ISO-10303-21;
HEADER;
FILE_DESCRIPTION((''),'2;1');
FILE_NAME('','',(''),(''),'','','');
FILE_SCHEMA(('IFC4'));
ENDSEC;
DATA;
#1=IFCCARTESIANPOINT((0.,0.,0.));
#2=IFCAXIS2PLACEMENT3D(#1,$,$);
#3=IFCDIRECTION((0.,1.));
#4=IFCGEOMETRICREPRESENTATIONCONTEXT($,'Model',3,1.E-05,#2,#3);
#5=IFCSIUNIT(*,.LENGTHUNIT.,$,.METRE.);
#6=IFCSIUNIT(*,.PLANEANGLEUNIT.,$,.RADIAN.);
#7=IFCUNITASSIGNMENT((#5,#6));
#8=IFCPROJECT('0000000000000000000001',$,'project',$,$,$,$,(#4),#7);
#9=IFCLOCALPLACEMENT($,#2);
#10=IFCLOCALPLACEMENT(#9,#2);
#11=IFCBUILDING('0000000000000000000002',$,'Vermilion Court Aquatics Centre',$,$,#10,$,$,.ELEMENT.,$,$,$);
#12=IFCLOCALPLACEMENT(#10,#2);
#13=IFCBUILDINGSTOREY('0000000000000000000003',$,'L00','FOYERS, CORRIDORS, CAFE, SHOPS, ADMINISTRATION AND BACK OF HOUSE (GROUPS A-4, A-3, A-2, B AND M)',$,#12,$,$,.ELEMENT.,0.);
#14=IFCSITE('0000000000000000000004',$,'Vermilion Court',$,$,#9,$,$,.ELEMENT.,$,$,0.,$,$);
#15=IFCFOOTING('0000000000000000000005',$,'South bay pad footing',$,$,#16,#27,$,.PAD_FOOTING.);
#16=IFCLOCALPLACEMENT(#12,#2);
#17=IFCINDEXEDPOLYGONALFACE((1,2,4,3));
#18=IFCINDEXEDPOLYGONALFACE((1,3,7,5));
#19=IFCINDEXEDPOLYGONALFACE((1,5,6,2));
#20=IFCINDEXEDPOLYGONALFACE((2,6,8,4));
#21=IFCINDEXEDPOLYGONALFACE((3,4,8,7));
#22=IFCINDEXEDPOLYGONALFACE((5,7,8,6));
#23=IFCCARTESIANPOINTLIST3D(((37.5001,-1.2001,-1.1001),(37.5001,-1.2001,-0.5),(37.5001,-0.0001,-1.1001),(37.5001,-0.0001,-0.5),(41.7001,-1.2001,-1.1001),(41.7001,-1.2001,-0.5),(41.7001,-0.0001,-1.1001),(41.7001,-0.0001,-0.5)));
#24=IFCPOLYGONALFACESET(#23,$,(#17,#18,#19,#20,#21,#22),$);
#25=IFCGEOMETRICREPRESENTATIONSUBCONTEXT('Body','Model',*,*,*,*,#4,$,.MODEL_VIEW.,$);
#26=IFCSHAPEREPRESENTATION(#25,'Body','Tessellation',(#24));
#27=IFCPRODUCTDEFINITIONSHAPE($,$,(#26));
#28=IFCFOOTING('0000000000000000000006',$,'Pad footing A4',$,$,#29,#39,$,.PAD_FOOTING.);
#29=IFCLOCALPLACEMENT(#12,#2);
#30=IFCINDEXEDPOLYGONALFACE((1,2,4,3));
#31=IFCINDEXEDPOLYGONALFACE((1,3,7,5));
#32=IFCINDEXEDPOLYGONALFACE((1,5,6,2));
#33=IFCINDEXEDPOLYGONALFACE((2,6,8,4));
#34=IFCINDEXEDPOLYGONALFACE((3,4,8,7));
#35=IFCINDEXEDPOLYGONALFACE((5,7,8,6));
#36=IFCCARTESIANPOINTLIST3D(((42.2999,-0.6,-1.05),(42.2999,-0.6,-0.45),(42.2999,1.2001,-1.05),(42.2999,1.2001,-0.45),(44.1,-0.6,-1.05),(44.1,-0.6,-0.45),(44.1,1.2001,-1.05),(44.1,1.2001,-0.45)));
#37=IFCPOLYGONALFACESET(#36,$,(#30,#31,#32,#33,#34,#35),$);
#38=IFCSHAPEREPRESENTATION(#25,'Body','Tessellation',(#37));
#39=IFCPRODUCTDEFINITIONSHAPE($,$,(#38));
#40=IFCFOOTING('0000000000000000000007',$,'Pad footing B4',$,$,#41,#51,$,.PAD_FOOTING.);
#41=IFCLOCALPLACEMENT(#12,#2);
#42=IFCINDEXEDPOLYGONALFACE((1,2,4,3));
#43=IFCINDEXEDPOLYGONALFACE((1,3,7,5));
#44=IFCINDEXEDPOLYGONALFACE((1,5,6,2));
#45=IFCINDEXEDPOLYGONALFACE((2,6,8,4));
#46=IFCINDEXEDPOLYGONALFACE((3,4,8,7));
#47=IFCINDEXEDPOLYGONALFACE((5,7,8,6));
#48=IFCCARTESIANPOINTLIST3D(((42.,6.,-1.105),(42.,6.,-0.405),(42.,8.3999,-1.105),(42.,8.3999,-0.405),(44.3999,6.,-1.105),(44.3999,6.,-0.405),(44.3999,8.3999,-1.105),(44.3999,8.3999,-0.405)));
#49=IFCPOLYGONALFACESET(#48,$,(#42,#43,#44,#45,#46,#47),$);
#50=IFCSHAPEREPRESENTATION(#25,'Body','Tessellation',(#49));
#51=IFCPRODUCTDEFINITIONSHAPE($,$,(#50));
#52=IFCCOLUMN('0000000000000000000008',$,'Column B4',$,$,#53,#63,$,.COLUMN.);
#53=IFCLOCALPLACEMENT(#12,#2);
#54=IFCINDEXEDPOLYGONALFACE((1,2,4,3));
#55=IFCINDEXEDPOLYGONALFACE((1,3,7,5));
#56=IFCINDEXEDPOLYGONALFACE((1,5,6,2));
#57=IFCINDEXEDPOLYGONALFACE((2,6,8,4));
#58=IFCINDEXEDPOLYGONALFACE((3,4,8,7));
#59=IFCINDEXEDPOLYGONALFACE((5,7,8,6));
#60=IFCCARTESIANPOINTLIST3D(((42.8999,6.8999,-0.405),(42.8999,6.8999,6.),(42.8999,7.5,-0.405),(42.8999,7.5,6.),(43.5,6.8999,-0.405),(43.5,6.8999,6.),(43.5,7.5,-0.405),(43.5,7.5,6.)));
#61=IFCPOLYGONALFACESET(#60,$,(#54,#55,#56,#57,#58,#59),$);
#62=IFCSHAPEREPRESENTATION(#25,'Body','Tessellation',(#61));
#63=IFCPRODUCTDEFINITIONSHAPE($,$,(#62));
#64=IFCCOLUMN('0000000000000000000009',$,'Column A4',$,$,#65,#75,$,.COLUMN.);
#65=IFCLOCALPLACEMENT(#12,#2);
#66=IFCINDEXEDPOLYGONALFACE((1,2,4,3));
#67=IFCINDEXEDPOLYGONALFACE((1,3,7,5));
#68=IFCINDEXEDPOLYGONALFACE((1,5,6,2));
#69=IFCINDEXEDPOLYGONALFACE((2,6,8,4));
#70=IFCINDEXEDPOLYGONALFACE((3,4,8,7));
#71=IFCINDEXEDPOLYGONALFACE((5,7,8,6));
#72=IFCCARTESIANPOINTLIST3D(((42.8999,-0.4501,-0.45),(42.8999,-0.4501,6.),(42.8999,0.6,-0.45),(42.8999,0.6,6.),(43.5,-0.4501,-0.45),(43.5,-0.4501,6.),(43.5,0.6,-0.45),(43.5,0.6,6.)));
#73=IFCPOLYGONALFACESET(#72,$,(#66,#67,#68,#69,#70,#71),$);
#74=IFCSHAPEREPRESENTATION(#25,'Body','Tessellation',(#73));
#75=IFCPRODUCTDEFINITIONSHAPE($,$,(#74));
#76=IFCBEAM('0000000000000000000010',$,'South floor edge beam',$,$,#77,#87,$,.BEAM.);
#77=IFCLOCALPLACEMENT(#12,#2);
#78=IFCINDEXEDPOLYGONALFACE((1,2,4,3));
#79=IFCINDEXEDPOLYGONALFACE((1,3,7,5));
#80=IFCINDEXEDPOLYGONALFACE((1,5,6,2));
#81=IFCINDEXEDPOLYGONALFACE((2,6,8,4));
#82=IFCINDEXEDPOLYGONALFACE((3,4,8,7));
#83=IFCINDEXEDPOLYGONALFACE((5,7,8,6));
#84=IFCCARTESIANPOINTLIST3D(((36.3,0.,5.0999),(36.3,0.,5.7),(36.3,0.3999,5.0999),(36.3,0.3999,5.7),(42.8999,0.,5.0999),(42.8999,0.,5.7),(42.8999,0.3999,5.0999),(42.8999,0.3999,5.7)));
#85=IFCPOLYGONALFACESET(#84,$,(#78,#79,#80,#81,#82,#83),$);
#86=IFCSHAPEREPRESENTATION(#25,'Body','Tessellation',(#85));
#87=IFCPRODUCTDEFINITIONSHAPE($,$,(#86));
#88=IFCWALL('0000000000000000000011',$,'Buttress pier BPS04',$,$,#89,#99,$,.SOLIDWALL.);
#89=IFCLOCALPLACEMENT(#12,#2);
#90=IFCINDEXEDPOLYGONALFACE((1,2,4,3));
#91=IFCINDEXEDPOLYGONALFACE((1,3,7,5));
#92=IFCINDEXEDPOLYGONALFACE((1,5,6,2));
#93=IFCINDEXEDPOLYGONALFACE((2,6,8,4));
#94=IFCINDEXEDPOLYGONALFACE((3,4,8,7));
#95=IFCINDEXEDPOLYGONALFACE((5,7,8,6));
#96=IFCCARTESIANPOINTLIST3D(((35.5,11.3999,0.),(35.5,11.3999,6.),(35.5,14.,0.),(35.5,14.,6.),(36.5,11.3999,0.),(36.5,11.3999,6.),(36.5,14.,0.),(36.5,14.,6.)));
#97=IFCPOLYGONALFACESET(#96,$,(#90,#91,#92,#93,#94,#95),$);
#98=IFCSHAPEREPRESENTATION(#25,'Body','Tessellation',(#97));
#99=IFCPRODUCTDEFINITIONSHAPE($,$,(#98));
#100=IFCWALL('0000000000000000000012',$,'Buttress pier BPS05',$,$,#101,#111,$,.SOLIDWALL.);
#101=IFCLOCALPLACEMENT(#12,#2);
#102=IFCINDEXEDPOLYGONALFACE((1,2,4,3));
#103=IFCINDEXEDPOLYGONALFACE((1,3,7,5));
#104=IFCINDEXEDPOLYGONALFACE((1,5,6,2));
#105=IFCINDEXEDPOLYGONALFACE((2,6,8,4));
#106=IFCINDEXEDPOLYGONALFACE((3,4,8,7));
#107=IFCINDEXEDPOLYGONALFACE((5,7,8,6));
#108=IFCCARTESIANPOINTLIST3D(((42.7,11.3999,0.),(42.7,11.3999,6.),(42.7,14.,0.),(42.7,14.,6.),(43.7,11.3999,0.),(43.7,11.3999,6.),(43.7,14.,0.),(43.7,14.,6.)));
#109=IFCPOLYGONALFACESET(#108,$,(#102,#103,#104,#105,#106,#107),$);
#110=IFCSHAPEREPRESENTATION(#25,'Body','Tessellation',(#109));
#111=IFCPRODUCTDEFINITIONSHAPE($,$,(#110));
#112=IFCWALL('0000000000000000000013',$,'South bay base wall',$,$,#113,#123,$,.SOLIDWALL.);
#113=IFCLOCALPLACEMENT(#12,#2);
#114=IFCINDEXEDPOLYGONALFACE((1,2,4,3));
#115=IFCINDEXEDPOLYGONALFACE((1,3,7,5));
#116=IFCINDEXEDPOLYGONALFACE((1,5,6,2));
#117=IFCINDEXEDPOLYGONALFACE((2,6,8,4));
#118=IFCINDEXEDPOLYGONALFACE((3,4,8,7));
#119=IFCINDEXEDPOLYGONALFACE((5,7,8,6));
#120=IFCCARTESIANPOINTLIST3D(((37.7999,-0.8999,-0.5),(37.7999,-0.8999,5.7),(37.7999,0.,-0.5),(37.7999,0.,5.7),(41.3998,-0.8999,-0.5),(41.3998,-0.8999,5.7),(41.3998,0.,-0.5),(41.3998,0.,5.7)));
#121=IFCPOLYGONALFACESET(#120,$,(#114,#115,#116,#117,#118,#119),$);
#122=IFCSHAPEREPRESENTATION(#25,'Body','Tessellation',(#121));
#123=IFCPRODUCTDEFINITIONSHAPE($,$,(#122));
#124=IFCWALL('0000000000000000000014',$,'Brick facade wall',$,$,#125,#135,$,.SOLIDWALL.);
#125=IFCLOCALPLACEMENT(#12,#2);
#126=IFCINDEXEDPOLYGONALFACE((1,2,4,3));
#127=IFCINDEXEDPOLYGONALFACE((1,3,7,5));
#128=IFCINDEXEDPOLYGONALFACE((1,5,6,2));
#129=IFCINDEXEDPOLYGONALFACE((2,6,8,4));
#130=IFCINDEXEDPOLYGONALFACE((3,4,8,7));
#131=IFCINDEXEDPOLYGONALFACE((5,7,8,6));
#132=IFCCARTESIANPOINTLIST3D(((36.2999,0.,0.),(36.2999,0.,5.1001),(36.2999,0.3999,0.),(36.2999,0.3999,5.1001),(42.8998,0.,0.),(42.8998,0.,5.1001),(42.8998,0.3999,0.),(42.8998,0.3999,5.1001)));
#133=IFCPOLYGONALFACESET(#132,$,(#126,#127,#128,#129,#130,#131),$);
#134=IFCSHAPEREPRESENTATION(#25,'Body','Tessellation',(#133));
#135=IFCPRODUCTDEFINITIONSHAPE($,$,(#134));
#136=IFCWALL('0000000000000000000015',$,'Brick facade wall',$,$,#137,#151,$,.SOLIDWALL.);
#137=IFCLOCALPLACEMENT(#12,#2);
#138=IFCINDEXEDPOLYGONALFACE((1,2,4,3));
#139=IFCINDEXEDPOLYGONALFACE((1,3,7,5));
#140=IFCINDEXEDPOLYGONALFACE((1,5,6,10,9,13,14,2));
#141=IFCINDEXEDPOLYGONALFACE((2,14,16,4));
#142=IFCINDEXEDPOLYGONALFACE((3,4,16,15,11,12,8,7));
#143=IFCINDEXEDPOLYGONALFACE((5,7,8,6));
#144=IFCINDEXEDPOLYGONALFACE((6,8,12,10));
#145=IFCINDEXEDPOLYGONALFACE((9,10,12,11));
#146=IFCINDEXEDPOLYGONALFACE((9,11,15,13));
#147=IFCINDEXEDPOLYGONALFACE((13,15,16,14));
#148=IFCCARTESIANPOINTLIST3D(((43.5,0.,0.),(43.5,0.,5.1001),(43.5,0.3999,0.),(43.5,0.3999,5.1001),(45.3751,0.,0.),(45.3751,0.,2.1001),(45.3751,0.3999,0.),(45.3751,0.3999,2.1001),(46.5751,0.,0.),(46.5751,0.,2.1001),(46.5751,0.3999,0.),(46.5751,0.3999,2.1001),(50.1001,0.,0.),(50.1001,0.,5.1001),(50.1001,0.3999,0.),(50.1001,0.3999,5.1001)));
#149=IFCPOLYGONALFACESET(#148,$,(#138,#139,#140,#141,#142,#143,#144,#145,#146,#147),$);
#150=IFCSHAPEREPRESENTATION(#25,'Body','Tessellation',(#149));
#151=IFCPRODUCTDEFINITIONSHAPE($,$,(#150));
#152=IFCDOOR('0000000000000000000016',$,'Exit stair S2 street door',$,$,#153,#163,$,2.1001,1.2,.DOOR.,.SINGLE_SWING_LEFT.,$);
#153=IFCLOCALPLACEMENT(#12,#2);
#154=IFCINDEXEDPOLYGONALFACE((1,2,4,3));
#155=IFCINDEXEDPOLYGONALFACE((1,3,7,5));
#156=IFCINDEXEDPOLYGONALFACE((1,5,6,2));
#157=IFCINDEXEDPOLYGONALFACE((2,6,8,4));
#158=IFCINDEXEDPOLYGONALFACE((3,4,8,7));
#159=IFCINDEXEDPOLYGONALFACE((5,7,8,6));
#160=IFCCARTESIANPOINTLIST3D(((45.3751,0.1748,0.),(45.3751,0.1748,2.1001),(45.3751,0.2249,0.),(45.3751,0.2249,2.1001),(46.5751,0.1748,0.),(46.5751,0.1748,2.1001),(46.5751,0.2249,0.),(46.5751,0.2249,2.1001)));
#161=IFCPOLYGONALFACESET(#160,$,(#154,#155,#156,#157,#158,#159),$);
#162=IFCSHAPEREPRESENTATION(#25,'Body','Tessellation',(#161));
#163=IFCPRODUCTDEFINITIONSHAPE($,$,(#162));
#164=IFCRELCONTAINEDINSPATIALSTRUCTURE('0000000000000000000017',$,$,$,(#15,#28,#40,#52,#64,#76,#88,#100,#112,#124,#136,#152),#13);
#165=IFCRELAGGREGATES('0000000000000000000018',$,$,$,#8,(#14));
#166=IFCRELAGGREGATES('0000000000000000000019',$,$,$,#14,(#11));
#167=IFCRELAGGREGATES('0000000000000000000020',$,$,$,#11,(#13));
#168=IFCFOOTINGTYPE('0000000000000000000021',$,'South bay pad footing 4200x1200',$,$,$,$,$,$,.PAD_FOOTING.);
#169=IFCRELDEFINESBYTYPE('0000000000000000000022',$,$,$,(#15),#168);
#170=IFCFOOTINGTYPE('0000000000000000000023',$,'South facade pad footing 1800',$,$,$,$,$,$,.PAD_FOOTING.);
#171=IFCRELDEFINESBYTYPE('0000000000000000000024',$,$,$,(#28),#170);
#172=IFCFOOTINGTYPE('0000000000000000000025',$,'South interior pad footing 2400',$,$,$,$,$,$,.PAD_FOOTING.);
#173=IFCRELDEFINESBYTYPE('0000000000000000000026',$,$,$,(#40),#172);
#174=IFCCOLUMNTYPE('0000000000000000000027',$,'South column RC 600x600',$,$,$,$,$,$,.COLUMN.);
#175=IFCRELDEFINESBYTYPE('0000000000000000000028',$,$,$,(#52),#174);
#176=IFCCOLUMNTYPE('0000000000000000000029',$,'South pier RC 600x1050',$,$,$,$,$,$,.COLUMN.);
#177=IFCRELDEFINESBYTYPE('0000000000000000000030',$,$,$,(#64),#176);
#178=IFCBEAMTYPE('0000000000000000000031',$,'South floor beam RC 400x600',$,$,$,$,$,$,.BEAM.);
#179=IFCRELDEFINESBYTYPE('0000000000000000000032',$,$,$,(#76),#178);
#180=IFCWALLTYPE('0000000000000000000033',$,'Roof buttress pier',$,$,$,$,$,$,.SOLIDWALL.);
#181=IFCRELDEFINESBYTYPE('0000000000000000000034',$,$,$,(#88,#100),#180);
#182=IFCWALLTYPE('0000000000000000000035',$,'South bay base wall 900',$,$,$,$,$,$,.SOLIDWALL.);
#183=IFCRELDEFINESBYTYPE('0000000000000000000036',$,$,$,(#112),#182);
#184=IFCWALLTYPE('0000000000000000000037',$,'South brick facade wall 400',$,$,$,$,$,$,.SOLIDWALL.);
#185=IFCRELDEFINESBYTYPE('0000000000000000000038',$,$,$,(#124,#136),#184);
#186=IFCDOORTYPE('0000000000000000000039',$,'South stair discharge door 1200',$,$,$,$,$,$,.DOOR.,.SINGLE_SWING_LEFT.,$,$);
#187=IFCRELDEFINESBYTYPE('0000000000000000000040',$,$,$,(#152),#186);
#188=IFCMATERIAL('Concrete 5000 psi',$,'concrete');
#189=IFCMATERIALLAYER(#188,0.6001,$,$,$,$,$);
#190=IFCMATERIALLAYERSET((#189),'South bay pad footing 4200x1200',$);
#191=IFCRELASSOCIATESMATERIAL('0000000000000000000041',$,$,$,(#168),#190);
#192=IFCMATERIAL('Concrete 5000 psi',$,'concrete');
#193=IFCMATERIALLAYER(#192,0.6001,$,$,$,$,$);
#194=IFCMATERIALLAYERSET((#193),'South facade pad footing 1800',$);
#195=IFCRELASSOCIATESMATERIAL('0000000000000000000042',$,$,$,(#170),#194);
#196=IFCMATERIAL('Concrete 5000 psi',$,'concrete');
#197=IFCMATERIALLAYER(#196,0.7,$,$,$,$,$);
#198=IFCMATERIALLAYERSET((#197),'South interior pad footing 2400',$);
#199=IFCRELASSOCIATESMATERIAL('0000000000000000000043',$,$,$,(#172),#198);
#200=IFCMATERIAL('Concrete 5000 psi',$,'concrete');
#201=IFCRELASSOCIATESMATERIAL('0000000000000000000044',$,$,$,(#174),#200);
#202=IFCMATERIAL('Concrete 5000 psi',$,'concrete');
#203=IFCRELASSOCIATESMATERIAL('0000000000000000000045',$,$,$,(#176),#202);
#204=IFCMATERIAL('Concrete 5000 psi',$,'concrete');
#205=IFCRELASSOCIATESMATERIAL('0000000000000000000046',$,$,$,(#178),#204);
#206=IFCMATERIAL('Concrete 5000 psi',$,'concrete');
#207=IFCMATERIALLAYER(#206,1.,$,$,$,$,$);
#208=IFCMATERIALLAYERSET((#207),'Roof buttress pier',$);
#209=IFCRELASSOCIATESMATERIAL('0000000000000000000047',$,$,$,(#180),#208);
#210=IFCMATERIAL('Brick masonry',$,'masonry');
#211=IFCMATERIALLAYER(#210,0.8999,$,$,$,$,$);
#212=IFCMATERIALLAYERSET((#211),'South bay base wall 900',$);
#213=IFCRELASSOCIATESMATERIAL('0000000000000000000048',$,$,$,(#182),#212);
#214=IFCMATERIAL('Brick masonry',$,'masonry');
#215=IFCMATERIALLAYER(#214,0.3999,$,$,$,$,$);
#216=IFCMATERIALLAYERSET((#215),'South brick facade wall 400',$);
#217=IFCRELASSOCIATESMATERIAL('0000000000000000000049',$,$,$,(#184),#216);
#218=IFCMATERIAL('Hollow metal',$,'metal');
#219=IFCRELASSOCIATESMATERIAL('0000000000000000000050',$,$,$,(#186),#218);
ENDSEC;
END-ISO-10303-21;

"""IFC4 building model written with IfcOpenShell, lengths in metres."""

from ifc_helpers import new_model, si_unit, direction, frame, frame_2d, origin, origin_2d, place, context, subcontext, project, spatial, rectangle, extrude, material, layer, layer_set, material_profile, profile_set, type_object, element, fill, save


model = new_model("IFC4")

# Units and contexts
model_context = context("Model", 3, precision=1e-05, world=origin(), true_north=direction((0.0, 1.0)))
body_context = subcontext(model_context, "Body", "Model", "MODEL_VIEW")
ifc_project = project(units=[si_unit("LENGTHUNIT", "METRE"), si_unit("PLANEANGLEUNIT", "RADIAN")], contexts=[model_context])

# Site, building, storey
site_placement = place(None, origin())
site = spatial("IfcSite", under=ifc_project, at=site_placement, Name="Vermilion Court", CompositionType="ELEMENT", RefElevation=0.0)
building_placement = place(site_placement, origin())
building = spatial("IfcBuilding", under=site, at=building_placement, Name="Vermilion Court Aquatics Centre", CompositionType="ELEMENT")
storey_placement = place(building_placement, origin())
storey = spatial("IfcBuildingStorey", under=building, at=storey_placement, Name="L00", Description="FOYERS, CORRIDORS, CAFE, SHOPS, ADMINISTRATION AND BACK OF HOUSE (GROUPS A-4, A-3, A-2, B AND M)", CompositionType="ELEMENT", Elevation=0.0)

# Footings
ifc_material_1 = material(Name="Concrete 5000 psi", Category="concrete")
ifc_layer_1 = layer(ifc_material_1, 0.6001)
ifc_layer_set_1 = layer_set([ifc_layer_1], Name="South bay pad footing 4200x1200")
footing_type_1 = type_object("IfcFootingType", Name="South bay pad footing 4200x1200", PredefinedType="PAD_FOOTING", material=ifc_layer_set_1)
footing_1_placement = place(storey_placement, frame((39.6001, -0.6001, -1.1001), z_axis=(0.0, 0.0, 1.0), x_axis=(1.0, 0.0, 0.0)))
element("IfcFooting", 1, at=footing_1_placement, inside=storey, type_object=footing_type_1, Name="South bay pad footing", PredefinedType="PAD_FOOTING", context=body_context, shape_type="SweptSolid", body=[
    extrude(rectangle(XDim=4.2, YDim=1.2, at=origin_2d()), origin(), (0.0, 0.0, 1.0), 0.6001),
])
ifc_material_2 = material(Name="Concrete 5000 psi", Category="concrete")
ifc_layer_2 = layer(ifc_material_2, 0.6001)
ifc_layer_set_2 = layer_set([ifc_layer_2], Name="South facade pad footing 1800")
footing_type_2 = type_object("IfcFootingType", Name="South facade pad footing 1800", PredefinedType="PAD_FOOTING", material=ifc_layer_set_2)
footing_2_placement = place(storey_placement, frame((43.2, 0.3, -1.05), z_axis=(0.0, 0.0, 1.0), x_axis=(1.0, 0.0, 0.0)))
element("IfcFooting", 2, at=footing_2_placement, inside=storey, type_object=footing_type_2, Name="Pad footing A4", PredefinedType="PAD_FOOTING", context=body_context, shape_type="SweptSolid", body=[
    extrude(rectangle(XDim=1.8, YDim=1.8, at=origin_2d()), origin(), (0.0, 0.0, 1.0), 0.6001),
])
ifc_material_3 = material(Name="Concrete 5000 psi", Category="concrete")
ifc_layer_3 = layer(ifc_material_3, 0.7)
ifc_layer_set_3 = layer_set([ifc_layer_3], Name="South interior pad footing 2400")
footing_type_3 = type_object("IfcFootingType", Name="South interior pad footing 2400", PredefinedType="PAD_FOOTING", material=ifc_layer_set_3)
footing_3_placement = place(storey_placement, frame((43.2, 7.2, -1.105), z_axis=(0.0, 0.0, 1.0), x_axis=(1.0, 0.0, 0.0)))
element("IfcFooting", 3, at=footing_3_placement, inside=storey, type_object=footing_type_3, Name="Pad footing B4", PredefinedType="PAD_FOOTING", context=body_context, shape_type="SweptSolid", body=[
    extrude(rectangle(XDim=2.3999, YDim=2.3999, at=origin_2d()), origin(), (0.0, 0.0, 1.0), 0.7),
])

# Columns
ifc_material_4 = material(Name="Concrete 5000 psi", Category="concrete")
ifc_material_profile_1 = material_profile(ifc_material_4, rectangle(XDim=0.6001, YDim=0.6001, at=origin_2d()), Name="RC 600x600")
ifc_profile_set_1 = profile_set([ifc_material_profile_1], Name="Concrete 5000 psi")
column_type_1 = type_object("IfcColumnType", Name="South column RC 600x600", PredefinedType="COLUMN", material=ifc_profile_set_1)
column_1_placement = place(storey_placement, frame((43.2, 7.2, -0.405), z_axis=(0.0, 0.0, 1.0), x_axis=(1.0, 0.0, 0.0)))
element("IfcColumn", 4, at=column_1_placement, inside=storey, type_object=column_type_1, Name="Column B4", PredefinedType="COLUMN", context=body_context, shape_type="SweptSolid", body=[
    extrude(rectangle(XDim=0.6001, YDim=0.6001, at=origin_2d()), origin(), (0.0, 0.0, 1.0), 6.405),
])
ifc_material_5 = material(Name="Concrete 5000 psi", Category="concrete")
ifc_material_profile_2 = material_profile(ifc_material_5, rectangle(XDim=0.6001, YDim=1.05, at=origin_2d()), Name="RC 600x1050")
ifc_profile_set_2 = profile_set([ifc_material_profile_2], Name="Concrete 5000 psi")
column_type_2 = type_object("IfcColumnType", Name="South pier RC 600x1050", PredefinedType="COLUMN", material=ifc_profile_set_2)
column_2_placement = place(storey_placement, frame((43.2, 0.075, -0.45), z_axis=(0.0, 0.0, 1.0), x_axis=(1.0, 0.0, 0.0)))
element("IfcColumn", 5, at=column_2_placement, inside=storey, type_object=column_type_2, Name="Column A4", PredefinedType="COLUMN", context=body_context, shape_type="SweptSolid", body=[
    extrude(rectangle(XDim=0.6001, YDim=1.05, at=origin_2d()), origin(), (0.0, 0.0, 1.0), 6.45),
])

# Beam
ifc_material_6 = material(Name="Concrete 5000 psi", Category="concrete")
ifc_material_profile_3 = material_profile(ifc_material_6, rectangle(XDim=0.3999, YDim=0.6001, at=origin_2d()), Name="RC 400x600")
ifc_profile_set_3 = profile_set([ifc_material_profile_3], Name="Concrete 5000 psi")
beam_type = type_object("IfcBeamType", Name="South floor beam RC 400x600", PredefinedType="BEAM", material=ifc_profile_set_3)
beam_placement = place(storey_placement, frame((36.3, 0.2, 5.3999), z_axis=(1.0, 0.0, 0.0), x_axis=(0.0, 1.0, 0.0)))
element("IfcBeam", 6, at=beam_placement, inside=storey, type_object=beam_type, Name="South floor edge beam", PredefinedType="BEAM", context=body_context, shape_type="SweptSolid", body=[
    extrude(rectangle(XDim=0.3999, YDim=0.6001, at=origin_2d()), origin(), (0.0, 0.0, 1.0), 6.5999),
])

# Walls
ifc_material_7 = material(Name="Concrete 5000 psi", Category="concrete")
ifc_layer_4 = layer(ifc_material_7, 1.0)
ifc_layer_set_4 = layer_set([ifc_layer_4], Name="Roof buttress pier")
wall_type_1 = type_object("IfcWallType", Name="Roof buttress pier", PredefinedType="SOLIDWALL", material=ifc_layer_set_4)
for number, where, z_axis, x_axis, name in (
    (7, (36.0, 11.3999, 0.0), (0.0, 0.0, 1.0), (0.0, 1.0, 0.0), "Buttress pier BPS04"),
    (8, (43.2, 11.3999, 0.0), (0.0, 0.0, 1.0), (0.0, 1.0, 0.0), "Buttress pier BPS05"),
):
    element("IfcWall", number, at=place(storey_placement, frame(where, z_axis=z_axis, x_axis=x_axis)), inside=storey, type_object=wall_type_1, Name=name, PredefinedType="SOLIDWALL", context=body_context, shape_type="SweptSolid", body=[
        extrude(rectangle(XDim=2.6001, YDim=1.0, at=frame_2d((1.3, 0.0))), origin(), (0.0, 0.0, 1.0), 6.0),
    ])
ifc_material_8 = material(Name="Brick masonry", Category="masonry")
ifc_layer_5 = layer(ifc_material_8, 0.8999)
ifc_layer_set_5 = layer_set([ifc_layer_5], Name="South bay base wall 900")
wall_type_2 = type_object("IfcWallType", Name="South bay base wall 900", PredefinedType="SOLIDWALL", material=ifc_layer_set_5)
wall_1_placement = place(storey_placement, frame((37.8, -0.45, -0.5), z_axis=(0.0, 0.0, 1.0), x_axis=(1.0, 0.0, 0.0)))
element("IfcWall", 9, at=wall_1_placement, inside=storey, type_object=wall_type_2, Name="South bay base wall", PredefinedType="SOLIDWALL", context=body_context, shape_type="SweptSolid", body=[
    extrude(rectangle(XDim=3.5999, YDim=0.8999, at=frame_2d((1.7998, 0.0))), origin(), (0.0, 0.0, 1.0), 6.2),
])
ifc_material_9 = material(Name="Brick masonry", Category="masonry")
ifc_layer_6 = layer(ifc_material_9, 0.3999)
ifc_layer_set_6 = layer_set([ifc_layer_6], Name="South brick facade wall 400")
wall_type_3 = type_object("IfcWallType", Name="South brick facade wall 400", PredefinedType="SOLIDWALL", material=ifc_layer_set_6)
wall_2_placement = place(storey_placement, frame((36.3, 0.2, 0.0), z_axis=(0.0, 0.0, 1.0), x_axis=(1.0, 0.0, 0.0)))
element("IfcWall", 10, at=wall_2_placement, inside=storey, type_object=wall_type_3, Name="Brick facade wall", PredefinedType="SOLIDWALL", context=body_context, shape_type="SweptSolid", body=[
    extrude(rectangle(XDim=6.5999, YDim=0.3999, at=frame_2d((3.2998, 0.0))), origin(), (0.0, 0.0, 1.0), 5.1001),
])

# Wall, opening, door
wall_3_placement = place(storey_placement, frame((43.5, 0.2, 0.0), z_axis=(0.0, 0.0, 1.0), x_axis=(1.0, 0.0, 0.0)))
wall_3 = element("IfcWall", 11, at=wall_3_placement, inside=storey, type_object=wall_type_3, Name="Brick facade wall", PredefinedType="SOLIDWALL", context=body_context, shape_type="SweptSolid", body=[
    extrude(rectangle(XDim=6.6001, YDim=0.3999, at=frame_2d((3.3, 0.0))), origin(), (0.0, 0.0, 1.0), 5.1001),
])
opening_1_placement = place(wall_3_placement, frame((1.875, 0.0, 0.0)))
opening_1 = element("IfcOpeningElement", 12, at=opening_1_placement, cuts=wall_3, PredefinedType="OPENING", context=body_context, shape_type="SweptSolid", body=[
    extrude(rectangle(XDim=1.2, YDim=2.1001, at=frame_2d((0.6001, 1.05))), frame((0.0, 0.21, 0.0), z_axis=(0.0, -1.0, 0.0), x_axis=(1.0, 0.0, 0.0)), (0.0, 0.0, 1.0), 0.4199),
])
ifc_material_10 = material(Name="Hollow metal", Category="metal")
door_type_1 = type_object("IfcDoorType", Name="South stair discharge door 1200", OperationType="SINGLE_SWING_LEFT", PredefinedType="DOOR", material=ifc_material_10)
door_1_placement = place(opening_1_placement, frame((1.2, 0.0, 0.0), z_axis=(0.0, 0.0, 1.0), x_axis=(-1.0, 0.0, 0.0)))
door_1 = element("IfcDoor", 13, at=door_1_placement, inside=storey, type_object=door_type_1, Name="Exit stair S2 street door", OperationType="SINGLE_SWING_LEFT", OverallHeight=2.1001, OverallWidth=1.2, PredefinedType="DOOR", context=body_context, shape_type="SweptSolid", body=[
    extrude(rectangle(XDim=1.2, YDim=2.1001, at=frame_2d((0.5999, 1.05))), frame((0.0, 0.0251, 0.0), z_axis=(0.0, -1.0, 0.0), x_axis=(1.0, 0.0, 0.0)), (0.0, 0.0, 1.0), 0.05),
])
fill(opening_1, door_1)

save(model, "model.ifc")
